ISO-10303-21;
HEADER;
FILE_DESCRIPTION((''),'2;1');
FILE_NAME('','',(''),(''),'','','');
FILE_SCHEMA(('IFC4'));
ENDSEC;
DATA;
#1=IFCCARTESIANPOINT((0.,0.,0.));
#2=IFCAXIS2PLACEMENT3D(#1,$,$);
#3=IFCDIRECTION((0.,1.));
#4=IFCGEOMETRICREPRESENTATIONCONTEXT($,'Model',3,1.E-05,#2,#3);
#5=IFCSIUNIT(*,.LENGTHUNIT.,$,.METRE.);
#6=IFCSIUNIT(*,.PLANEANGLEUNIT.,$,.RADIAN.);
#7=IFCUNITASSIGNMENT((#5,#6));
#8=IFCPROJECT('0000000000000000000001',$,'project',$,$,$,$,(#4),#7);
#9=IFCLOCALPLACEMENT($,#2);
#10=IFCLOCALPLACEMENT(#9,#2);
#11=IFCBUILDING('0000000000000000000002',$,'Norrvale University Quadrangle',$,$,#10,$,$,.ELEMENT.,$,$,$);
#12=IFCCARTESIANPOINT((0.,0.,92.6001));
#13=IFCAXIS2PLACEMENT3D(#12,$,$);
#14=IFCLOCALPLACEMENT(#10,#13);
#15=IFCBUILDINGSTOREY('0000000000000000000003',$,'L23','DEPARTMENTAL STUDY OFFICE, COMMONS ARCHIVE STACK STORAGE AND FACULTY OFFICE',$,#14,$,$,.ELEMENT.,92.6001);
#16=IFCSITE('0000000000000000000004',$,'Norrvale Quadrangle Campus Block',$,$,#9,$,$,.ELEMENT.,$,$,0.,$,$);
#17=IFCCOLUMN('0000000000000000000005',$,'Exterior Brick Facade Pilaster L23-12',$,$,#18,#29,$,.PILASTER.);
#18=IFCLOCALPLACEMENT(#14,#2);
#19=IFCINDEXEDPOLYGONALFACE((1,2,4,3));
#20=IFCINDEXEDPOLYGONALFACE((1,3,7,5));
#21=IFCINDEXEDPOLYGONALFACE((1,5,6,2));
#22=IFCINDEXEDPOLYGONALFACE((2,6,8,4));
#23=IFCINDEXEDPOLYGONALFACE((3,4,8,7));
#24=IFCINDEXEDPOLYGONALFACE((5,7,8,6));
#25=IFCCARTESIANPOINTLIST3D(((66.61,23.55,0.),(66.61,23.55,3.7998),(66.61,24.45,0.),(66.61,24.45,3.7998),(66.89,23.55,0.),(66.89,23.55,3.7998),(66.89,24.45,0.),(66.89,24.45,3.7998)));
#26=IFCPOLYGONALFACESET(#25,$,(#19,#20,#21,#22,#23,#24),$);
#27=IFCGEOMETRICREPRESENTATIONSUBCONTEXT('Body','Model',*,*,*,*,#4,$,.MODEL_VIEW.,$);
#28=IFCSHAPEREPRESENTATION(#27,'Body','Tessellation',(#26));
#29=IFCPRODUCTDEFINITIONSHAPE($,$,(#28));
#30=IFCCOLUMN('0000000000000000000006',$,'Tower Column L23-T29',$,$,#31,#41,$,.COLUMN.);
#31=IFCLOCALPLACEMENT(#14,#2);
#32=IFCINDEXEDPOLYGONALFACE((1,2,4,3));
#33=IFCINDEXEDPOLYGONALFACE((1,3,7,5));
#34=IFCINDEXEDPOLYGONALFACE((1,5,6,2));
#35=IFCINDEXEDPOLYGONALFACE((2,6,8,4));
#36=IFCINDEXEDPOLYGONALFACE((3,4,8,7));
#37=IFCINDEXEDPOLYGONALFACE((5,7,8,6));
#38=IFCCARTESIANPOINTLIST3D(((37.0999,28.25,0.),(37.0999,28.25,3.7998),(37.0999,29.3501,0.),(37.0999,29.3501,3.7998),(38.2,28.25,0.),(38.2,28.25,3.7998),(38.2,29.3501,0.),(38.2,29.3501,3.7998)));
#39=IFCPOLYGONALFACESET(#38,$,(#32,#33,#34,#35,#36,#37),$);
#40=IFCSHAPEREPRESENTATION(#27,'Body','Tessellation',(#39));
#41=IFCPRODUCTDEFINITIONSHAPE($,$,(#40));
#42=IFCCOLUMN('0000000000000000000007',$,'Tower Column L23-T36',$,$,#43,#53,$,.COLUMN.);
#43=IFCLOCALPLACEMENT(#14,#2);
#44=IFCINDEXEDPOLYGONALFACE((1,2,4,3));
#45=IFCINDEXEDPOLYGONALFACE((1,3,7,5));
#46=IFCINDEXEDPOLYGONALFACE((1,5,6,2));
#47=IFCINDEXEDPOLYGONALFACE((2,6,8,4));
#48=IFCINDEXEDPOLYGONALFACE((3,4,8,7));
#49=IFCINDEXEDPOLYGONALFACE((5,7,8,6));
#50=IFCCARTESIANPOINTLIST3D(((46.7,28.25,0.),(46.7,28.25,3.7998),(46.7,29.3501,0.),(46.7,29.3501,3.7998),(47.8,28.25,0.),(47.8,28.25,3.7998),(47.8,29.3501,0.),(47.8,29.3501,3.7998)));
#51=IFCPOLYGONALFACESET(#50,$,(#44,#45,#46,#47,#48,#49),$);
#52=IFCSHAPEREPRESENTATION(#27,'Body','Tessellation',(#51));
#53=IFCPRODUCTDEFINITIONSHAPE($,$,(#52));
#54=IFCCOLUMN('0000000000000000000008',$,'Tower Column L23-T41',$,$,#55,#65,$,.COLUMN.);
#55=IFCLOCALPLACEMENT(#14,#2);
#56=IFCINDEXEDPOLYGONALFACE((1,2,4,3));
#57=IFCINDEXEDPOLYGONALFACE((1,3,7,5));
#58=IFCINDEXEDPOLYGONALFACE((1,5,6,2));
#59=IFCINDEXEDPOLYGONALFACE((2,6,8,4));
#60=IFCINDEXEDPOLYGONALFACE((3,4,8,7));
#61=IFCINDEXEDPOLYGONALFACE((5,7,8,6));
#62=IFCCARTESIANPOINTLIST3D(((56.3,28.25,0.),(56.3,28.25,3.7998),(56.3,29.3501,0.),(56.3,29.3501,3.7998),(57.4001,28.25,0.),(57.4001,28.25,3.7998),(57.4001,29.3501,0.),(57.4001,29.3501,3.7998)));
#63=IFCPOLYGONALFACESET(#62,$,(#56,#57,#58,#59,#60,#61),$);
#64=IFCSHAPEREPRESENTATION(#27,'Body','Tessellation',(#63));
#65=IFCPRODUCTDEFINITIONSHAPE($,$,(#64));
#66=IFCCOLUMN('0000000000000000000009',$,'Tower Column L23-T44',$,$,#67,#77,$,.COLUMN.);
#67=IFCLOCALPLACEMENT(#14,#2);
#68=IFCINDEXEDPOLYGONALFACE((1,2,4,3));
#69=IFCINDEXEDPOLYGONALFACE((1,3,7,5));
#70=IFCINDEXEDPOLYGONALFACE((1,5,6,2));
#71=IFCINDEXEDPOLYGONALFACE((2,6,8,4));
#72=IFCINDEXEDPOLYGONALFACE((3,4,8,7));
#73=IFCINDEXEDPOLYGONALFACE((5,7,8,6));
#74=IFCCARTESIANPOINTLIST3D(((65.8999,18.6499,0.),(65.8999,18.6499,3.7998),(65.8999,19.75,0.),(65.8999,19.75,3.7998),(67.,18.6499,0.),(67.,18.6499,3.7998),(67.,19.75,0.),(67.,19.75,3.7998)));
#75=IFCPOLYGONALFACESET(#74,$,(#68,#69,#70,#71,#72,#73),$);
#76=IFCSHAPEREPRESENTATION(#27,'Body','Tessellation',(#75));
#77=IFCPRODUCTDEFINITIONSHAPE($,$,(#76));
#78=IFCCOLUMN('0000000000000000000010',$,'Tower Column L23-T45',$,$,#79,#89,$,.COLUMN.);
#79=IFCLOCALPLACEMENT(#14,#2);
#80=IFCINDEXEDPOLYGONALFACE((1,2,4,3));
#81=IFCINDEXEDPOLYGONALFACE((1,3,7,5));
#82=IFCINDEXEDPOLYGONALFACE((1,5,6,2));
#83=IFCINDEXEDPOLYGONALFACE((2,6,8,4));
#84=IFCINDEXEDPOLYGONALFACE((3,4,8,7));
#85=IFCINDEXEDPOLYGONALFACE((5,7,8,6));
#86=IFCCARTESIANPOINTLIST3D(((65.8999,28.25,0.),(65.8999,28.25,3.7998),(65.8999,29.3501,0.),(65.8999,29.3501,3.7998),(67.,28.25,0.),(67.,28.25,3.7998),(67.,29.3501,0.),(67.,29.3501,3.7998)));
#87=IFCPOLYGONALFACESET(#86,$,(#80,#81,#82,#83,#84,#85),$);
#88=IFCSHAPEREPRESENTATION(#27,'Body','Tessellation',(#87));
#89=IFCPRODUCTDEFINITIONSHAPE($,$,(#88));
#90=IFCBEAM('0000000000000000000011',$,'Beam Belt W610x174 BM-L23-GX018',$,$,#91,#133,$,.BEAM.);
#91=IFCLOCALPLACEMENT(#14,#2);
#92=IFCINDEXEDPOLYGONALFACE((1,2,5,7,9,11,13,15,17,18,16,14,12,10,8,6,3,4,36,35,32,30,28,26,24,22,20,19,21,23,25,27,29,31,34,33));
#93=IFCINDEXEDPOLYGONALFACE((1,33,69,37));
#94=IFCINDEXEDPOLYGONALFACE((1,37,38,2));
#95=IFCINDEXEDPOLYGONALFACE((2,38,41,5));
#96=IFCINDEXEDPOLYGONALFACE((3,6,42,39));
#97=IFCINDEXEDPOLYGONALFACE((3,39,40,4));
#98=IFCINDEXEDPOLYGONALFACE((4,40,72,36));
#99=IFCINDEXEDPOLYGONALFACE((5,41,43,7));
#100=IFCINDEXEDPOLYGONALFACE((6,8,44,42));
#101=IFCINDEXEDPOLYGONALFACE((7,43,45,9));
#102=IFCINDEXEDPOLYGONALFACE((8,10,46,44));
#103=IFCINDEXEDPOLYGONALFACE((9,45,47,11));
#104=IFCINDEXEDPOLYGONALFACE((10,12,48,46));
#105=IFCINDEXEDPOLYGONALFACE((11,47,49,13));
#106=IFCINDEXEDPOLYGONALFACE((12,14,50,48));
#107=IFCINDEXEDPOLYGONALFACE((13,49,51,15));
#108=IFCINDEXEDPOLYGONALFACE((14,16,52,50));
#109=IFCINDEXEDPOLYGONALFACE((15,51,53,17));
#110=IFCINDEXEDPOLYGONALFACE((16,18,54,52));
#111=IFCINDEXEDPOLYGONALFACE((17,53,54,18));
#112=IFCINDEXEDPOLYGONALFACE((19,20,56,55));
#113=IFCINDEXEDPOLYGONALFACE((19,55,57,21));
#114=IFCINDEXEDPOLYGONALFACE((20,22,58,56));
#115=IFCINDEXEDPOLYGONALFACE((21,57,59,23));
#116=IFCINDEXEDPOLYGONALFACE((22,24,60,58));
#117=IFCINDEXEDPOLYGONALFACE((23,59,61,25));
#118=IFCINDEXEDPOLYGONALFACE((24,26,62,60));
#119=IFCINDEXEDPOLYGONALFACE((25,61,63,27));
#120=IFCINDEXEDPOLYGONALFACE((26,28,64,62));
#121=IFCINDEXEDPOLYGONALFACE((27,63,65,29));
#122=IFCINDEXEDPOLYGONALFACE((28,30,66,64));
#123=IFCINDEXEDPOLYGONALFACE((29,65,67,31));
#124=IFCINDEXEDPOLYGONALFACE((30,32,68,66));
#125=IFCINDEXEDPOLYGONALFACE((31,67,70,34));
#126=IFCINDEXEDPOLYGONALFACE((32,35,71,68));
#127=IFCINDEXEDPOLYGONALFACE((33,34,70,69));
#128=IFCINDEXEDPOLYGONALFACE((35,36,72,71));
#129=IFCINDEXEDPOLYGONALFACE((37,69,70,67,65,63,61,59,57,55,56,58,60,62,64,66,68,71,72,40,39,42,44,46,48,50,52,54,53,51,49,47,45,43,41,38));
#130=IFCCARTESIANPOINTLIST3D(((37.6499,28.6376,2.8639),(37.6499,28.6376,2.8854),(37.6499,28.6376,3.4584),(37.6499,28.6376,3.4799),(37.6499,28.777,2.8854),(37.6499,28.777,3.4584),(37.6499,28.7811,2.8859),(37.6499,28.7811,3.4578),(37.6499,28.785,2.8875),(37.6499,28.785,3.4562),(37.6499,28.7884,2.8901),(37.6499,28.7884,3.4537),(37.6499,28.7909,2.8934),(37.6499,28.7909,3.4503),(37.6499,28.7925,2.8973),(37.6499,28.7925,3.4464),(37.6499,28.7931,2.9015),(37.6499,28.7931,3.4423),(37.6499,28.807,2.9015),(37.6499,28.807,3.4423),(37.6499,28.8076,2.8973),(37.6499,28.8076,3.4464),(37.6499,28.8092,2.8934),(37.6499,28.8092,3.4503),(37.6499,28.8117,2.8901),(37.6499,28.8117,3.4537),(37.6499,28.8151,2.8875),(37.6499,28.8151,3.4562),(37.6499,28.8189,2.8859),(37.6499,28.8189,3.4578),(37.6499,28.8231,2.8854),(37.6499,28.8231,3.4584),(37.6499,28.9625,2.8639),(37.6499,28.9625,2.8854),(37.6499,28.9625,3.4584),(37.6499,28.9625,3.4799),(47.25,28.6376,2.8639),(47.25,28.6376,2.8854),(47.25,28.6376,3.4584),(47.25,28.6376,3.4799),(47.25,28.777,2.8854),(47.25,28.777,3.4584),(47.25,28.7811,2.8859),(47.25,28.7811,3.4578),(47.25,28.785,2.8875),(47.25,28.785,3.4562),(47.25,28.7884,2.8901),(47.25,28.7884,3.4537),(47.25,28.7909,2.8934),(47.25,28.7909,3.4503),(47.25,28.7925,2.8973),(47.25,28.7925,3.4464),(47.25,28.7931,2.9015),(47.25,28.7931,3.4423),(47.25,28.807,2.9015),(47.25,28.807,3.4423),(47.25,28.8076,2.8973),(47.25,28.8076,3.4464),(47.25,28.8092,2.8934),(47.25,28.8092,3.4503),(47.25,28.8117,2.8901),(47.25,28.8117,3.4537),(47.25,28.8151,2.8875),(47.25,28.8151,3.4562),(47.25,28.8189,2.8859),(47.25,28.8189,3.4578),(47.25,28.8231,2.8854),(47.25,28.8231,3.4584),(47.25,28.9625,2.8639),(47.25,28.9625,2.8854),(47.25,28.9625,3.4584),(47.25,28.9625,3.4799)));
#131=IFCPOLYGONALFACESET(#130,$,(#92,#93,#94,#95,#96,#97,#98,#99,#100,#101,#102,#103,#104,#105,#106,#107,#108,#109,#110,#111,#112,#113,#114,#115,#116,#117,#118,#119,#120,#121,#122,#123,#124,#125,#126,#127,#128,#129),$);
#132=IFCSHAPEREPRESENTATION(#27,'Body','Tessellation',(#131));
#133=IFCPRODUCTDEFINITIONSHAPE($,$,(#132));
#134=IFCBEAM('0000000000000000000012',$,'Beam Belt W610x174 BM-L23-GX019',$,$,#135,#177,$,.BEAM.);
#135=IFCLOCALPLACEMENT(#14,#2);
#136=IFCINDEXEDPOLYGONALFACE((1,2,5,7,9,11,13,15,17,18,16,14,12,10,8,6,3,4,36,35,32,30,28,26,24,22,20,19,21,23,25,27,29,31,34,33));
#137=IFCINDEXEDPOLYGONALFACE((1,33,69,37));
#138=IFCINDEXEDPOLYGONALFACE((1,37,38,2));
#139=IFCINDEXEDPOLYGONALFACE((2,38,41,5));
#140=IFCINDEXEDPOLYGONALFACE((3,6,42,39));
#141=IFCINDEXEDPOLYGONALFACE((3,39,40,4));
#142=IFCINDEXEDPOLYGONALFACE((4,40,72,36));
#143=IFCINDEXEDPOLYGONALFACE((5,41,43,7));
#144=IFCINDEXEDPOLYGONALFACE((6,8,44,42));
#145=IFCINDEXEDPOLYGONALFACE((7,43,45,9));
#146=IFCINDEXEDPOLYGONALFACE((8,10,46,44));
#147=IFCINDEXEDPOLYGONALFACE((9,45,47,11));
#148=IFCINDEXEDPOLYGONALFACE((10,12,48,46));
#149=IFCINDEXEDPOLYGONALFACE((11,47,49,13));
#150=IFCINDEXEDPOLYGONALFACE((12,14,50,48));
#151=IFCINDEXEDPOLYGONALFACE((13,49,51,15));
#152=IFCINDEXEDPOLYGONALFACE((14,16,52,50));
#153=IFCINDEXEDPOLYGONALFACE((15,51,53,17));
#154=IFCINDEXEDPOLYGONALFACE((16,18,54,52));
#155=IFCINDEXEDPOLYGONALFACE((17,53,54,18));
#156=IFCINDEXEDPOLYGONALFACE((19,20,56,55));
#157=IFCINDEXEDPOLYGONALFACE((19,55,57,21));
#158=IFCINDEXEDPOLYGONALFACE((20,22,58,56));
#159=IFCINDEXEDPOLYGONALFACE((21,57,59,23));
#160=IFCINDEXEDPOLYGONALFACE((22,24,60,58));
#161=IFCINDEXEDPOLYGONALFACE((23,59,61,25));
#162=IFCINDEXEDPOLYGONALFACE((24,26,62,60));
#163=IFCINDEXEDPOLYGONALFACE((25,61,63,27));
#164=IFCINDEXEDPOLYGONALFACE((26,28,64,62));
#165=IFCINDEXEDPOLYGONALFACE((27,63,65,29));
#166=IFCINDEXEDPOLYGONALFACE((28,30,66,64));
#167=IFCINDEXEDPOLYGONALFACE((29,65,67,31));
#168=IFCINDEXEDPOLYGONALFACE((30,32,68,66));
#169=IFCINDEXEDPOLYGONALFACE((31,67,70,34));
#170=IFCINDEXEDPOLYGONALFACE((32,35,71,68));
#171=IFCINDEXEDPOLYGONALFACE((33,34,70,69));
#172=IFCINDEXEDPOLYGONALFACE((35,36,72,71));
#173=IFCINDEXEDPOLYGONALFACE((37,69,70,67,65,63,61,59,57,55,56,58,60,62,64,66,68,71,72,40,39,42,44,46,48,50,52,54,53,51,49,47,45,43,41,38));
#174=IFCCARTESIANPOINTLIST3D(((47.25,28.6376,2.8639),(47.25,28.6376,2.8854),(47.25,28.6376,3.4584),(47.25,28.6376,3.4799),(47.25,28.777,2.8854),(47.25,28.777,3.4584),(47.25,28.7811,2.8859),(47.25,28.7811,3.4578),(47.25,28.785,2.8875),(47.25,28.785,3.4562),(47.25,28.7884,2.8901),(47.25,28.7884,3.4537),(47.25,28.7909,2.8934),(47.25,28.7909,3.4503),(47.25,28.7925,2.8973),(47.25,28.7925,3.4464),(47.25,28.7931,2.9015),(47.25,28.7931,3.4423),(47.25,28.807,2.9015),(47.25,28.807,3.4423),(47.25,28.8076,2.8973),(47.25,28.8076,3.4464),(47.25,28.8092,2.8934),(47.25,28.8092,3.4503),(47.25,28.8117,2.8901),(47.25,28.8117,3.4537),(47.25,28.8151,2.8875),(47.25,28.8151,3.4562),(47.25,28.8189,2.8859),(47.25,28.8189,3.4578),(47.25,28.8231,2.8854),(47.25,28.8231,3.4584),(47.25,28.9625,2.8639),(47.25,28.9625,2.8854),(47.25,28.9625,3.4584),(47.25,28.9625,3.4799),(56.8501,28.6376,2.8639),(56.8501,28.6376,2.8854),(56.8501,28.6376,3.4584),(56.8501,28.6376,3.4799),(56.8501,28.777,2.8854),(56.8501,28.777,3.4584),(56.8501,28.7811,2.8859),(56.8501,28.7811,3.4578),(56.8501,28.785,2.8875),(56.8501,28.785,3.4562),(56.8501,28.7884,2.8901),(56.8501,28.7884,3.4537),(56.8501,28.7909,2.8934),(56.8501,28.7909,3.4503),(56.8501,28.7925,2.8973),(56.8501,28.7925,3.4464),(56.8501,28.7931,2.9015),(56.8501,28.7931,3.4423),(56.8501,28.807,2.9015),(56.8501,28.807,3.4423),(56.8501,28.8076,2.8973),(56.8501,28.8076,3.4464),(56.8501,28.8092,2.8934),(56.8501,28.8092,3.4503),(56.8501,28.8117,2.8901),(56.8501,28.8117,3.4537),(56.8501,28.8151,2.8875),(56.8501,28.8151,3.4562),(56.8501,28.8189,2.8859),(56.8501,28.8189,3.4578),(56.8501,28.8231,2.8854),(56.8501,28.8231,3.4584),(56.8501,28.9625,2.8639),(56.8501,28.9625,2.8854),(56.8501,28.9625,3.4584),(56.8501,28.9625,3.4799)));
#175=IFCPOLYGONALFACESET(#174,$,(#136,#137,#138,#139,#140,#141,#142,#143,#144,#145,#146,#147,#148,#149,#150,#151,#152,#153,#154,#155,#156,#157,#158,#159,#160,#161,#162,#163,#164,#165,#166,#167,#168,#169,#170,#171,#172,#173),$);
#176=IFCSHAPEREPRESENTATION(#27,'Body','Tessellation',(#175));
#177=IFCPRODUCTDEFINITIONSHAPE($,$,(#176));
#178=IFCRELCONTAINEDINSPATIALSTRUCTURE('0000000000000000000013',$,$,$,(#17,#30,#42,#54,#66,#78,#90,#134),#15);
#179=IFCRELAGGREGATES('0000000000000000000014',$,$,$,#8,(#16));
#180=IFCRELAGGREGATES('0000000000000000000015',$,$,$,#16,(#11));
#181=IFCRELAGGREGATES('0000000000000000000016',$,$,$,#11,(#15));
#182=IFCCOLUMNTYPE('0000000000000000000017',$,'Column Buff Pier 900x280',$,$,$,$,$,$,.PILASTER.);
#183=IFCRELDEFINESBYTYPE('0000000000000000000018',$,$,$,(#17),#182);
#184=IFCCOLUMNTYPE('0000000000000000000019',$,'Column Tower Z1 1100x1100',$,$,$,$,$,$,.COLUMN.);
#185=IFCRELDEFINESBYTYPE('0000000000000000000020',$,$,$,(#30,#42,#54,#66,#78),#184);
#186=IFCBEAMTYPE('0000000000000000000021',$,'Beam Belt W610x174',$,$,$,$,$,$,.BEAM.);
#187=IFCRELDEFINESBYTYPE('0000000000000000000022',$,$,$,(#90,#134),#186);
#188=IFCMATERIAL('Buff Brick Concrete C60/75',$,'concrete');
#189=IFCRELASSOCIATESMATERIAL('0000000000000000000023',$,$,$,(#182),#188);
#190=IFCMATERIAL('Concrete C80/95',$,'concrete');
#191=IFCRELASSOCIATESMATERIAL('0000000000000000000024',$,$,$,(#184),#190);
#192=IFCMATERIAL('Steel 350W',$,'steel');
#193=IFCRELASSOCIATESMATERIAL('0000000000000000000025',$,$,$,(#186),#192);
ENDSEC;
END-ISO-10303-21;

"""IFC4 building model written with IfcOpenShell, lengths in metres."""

from ifc_helpers import new_model, si_unit, direction, frame, origin, origin_2d, place, context, subcontext, project, spatial, rectangle, i_section, extrude, material, material_profile, profile_set, type_object, element, save


model = new_model("IFC4")

# Units and contexts
model_context = context("Model", 3, precision=1e-05, world=origin(), true_north=direction((0.0, 1.0)))
body_context = subcontext(model_context, "Body", "Model", "MODEL_VIEW")
ifc_project = project(units=[si_unit("LENGTHUNIT", "METRE"), si_unit("PLANEANGLEUNIT", "RADIAN")], contexts=[model_context])

# Site, building, storey
site_placement = place(None, origin())
site = spatial("IfcSite", under=ifc_project, at=site_placement, Name="Norrvale Quadrangle Campus Block", CompositionType="ELEMENT", RefElevation=0.0)
building_placement = place(site_placement, origin())
building = spatial("IfcBuilding", under=site, at=building_placement, Name="Norrvale University Quadrangle", CompositionType="ELEMENT")
storey_placement = place(building_placement, frame((0.0, 0.0, 92.6001)))
storey = spatial("IfcBuildingStorey", under=building, at=storey_placement, Name="L23", Description="DEPARTMENTAL STUDY OFFICE, COMMONS ARCHIVE STACK STORAGE AND FACULTY OFFICE", CompositionType="ELEMENT", Elevation=92.6001)

# Columns
ifc_material_1 = material(Name="Buff Brick Concrete C60/75", Category="concrete")
ifc_material_profile_1 = material_profile(ifc_material_1, rectangle(XDim=0.8999, YDim=0.28, at=origin_2d()), Name="Buff Brick Concrete C60/75")
ifc_profile_set_1 = profile_set([ifc_material_profile_1], Name="Buff Brick Concrete C60/75")
column_type_1 = type_object("IfcColumnType", Name="Column Buff Pier 900x280", PredefinedType="PILASTER", material=ifc_profile_set_1)
column_placement = place(storey_placement, frame((66.75, 24.0, 0.0), z_axis=(0.0, 0.0, 1.0), x_axis=(0.0, 1.0, 0.0)))
element("IfcColumn", 1, at=column_placement, inside=storey, type_object=column_type_1, Name="Exterior Brick Facade Pilaster L23-12", PredefinedType="PILASTER", context=body_context, shape_type="SweptSolid", body=[
    extrude(rectangle(XDim=0.8999, YDim=0.28, at=origin_2d()), origin(), (0.0, 0.0, 1.0), 3.7998),
])
ifc_material_2 = material(Name="Concrete C80/95", Category="concrete")
ifc_material_profile_2 = material_profile(ifc_material_2, rectangle(XDim=1.1001, YDim=1.1001, at=origin_2d()), Name="Concrete C80/95")
ifc_profile_set_2 = profile_set([ifc_material_profile_2], Name="Concrete C80/95")
column_type_2 = type_object("IfcColumnType", Name="Column Tower Z1 1100x1100", PredefinedType="COLUMN", material=ifc_profile_set_2)
for number, where, z_axis, x_axis, name in (
    (2, (37.6499, 28.8, 0.0), (0.0, 0.0, 1.0), (1.0, 0.0, 0.0), "Tower Column L23-T29"),
    (3, (47.25, 28.8, 0.0), (0.0, 0.0, 1.0), (1.0, 0.0, 0.0), "Tower Column L23-T36"),
    (4, (56.8501, 28.8, 0.0), (0.0, 0.0, 1.0), (1.0, 0.0, 0.0), "Tower Column L23-T41"),
    (5, (66.45, 19.2, 0.0), (0.0, 0.0, 1.0), (1.0, 0.0, 0.0), "Tower Column L23-T44"),
    (6, (66.45, 28.8, 0.0), (0.0, 0.0, 1.0), (1.0, 0.0, 0.0), "Tower Column L23-T45"),
):
    element("IfcColumn", number, at=place(storey_placement, frame(where, z_axis=z_axis, x_axis=x_axis)), inside=storey, type_object=column_type_2, Name=name, PredefinedType="COLUMN", context=body_context, shape_type="SweptSolid", body=[
        extrude(rectangle(XDim=1.1001, YDim=1.1001, at=origin_2d()), origin(), (0.0, 0.0, 1.0), 3.7998),
    ])

# Beams
ifc_material_3 = material(Name="Steel 350W", Category="steel")
ifc_material_profile_3 = material_profile(ifc_material_3, i_section(OverallWidth=0.325, OverallDepth=0.616, WebThickness=0.0139, FlangeThickness=0.0215, FilletRadius=0.0161, at=origin_2d()), Name="Steel 350W")
ifc_profile_set_3 = profile_set([ifc_material_profile_3], Name="Steel 350W")
beam_type_1 = type_object("IfcBeamType", Name="Beam Belt W610x174", PredefinedType="BEAM", material=ifc_profile_set_3)
for number, where, z_axis, x_axis, name in (
    (7, (37.6499, 28.8, 3.1719), (1.0, 0.0, 0.0), (0.0, 1.0, 0.0), "Beam Belt W610x174 BM-L23-GX018"),
    (8, (47.25, 28.8, 3.1719), (1.0, 0.0, 0.0), (0.0, 1.0, 0.0), "Beam Belt W610x174 BM-L23-GX019"),
):
    element("IfcBeam", number, at=place(storey_placement, frame(where, z_axis=z_axis, x_axis=x_axis)), inside=storey, type_object=beam_type_1, Name=name, PredefinedType="BEAM", context=body_context, shape_type="SweptSolid", body=[
        extrude(i_section(OverallWidth=0.325, OverallDepth=0.616, WebThickness=0.0139, FlangeThickness=0.0215, FilletRadius=0.0161, at=origin_2d()), origin(), (0.0, 0.0, 1.0), 9.6001),
    ])

save(model, "model.ifc")
